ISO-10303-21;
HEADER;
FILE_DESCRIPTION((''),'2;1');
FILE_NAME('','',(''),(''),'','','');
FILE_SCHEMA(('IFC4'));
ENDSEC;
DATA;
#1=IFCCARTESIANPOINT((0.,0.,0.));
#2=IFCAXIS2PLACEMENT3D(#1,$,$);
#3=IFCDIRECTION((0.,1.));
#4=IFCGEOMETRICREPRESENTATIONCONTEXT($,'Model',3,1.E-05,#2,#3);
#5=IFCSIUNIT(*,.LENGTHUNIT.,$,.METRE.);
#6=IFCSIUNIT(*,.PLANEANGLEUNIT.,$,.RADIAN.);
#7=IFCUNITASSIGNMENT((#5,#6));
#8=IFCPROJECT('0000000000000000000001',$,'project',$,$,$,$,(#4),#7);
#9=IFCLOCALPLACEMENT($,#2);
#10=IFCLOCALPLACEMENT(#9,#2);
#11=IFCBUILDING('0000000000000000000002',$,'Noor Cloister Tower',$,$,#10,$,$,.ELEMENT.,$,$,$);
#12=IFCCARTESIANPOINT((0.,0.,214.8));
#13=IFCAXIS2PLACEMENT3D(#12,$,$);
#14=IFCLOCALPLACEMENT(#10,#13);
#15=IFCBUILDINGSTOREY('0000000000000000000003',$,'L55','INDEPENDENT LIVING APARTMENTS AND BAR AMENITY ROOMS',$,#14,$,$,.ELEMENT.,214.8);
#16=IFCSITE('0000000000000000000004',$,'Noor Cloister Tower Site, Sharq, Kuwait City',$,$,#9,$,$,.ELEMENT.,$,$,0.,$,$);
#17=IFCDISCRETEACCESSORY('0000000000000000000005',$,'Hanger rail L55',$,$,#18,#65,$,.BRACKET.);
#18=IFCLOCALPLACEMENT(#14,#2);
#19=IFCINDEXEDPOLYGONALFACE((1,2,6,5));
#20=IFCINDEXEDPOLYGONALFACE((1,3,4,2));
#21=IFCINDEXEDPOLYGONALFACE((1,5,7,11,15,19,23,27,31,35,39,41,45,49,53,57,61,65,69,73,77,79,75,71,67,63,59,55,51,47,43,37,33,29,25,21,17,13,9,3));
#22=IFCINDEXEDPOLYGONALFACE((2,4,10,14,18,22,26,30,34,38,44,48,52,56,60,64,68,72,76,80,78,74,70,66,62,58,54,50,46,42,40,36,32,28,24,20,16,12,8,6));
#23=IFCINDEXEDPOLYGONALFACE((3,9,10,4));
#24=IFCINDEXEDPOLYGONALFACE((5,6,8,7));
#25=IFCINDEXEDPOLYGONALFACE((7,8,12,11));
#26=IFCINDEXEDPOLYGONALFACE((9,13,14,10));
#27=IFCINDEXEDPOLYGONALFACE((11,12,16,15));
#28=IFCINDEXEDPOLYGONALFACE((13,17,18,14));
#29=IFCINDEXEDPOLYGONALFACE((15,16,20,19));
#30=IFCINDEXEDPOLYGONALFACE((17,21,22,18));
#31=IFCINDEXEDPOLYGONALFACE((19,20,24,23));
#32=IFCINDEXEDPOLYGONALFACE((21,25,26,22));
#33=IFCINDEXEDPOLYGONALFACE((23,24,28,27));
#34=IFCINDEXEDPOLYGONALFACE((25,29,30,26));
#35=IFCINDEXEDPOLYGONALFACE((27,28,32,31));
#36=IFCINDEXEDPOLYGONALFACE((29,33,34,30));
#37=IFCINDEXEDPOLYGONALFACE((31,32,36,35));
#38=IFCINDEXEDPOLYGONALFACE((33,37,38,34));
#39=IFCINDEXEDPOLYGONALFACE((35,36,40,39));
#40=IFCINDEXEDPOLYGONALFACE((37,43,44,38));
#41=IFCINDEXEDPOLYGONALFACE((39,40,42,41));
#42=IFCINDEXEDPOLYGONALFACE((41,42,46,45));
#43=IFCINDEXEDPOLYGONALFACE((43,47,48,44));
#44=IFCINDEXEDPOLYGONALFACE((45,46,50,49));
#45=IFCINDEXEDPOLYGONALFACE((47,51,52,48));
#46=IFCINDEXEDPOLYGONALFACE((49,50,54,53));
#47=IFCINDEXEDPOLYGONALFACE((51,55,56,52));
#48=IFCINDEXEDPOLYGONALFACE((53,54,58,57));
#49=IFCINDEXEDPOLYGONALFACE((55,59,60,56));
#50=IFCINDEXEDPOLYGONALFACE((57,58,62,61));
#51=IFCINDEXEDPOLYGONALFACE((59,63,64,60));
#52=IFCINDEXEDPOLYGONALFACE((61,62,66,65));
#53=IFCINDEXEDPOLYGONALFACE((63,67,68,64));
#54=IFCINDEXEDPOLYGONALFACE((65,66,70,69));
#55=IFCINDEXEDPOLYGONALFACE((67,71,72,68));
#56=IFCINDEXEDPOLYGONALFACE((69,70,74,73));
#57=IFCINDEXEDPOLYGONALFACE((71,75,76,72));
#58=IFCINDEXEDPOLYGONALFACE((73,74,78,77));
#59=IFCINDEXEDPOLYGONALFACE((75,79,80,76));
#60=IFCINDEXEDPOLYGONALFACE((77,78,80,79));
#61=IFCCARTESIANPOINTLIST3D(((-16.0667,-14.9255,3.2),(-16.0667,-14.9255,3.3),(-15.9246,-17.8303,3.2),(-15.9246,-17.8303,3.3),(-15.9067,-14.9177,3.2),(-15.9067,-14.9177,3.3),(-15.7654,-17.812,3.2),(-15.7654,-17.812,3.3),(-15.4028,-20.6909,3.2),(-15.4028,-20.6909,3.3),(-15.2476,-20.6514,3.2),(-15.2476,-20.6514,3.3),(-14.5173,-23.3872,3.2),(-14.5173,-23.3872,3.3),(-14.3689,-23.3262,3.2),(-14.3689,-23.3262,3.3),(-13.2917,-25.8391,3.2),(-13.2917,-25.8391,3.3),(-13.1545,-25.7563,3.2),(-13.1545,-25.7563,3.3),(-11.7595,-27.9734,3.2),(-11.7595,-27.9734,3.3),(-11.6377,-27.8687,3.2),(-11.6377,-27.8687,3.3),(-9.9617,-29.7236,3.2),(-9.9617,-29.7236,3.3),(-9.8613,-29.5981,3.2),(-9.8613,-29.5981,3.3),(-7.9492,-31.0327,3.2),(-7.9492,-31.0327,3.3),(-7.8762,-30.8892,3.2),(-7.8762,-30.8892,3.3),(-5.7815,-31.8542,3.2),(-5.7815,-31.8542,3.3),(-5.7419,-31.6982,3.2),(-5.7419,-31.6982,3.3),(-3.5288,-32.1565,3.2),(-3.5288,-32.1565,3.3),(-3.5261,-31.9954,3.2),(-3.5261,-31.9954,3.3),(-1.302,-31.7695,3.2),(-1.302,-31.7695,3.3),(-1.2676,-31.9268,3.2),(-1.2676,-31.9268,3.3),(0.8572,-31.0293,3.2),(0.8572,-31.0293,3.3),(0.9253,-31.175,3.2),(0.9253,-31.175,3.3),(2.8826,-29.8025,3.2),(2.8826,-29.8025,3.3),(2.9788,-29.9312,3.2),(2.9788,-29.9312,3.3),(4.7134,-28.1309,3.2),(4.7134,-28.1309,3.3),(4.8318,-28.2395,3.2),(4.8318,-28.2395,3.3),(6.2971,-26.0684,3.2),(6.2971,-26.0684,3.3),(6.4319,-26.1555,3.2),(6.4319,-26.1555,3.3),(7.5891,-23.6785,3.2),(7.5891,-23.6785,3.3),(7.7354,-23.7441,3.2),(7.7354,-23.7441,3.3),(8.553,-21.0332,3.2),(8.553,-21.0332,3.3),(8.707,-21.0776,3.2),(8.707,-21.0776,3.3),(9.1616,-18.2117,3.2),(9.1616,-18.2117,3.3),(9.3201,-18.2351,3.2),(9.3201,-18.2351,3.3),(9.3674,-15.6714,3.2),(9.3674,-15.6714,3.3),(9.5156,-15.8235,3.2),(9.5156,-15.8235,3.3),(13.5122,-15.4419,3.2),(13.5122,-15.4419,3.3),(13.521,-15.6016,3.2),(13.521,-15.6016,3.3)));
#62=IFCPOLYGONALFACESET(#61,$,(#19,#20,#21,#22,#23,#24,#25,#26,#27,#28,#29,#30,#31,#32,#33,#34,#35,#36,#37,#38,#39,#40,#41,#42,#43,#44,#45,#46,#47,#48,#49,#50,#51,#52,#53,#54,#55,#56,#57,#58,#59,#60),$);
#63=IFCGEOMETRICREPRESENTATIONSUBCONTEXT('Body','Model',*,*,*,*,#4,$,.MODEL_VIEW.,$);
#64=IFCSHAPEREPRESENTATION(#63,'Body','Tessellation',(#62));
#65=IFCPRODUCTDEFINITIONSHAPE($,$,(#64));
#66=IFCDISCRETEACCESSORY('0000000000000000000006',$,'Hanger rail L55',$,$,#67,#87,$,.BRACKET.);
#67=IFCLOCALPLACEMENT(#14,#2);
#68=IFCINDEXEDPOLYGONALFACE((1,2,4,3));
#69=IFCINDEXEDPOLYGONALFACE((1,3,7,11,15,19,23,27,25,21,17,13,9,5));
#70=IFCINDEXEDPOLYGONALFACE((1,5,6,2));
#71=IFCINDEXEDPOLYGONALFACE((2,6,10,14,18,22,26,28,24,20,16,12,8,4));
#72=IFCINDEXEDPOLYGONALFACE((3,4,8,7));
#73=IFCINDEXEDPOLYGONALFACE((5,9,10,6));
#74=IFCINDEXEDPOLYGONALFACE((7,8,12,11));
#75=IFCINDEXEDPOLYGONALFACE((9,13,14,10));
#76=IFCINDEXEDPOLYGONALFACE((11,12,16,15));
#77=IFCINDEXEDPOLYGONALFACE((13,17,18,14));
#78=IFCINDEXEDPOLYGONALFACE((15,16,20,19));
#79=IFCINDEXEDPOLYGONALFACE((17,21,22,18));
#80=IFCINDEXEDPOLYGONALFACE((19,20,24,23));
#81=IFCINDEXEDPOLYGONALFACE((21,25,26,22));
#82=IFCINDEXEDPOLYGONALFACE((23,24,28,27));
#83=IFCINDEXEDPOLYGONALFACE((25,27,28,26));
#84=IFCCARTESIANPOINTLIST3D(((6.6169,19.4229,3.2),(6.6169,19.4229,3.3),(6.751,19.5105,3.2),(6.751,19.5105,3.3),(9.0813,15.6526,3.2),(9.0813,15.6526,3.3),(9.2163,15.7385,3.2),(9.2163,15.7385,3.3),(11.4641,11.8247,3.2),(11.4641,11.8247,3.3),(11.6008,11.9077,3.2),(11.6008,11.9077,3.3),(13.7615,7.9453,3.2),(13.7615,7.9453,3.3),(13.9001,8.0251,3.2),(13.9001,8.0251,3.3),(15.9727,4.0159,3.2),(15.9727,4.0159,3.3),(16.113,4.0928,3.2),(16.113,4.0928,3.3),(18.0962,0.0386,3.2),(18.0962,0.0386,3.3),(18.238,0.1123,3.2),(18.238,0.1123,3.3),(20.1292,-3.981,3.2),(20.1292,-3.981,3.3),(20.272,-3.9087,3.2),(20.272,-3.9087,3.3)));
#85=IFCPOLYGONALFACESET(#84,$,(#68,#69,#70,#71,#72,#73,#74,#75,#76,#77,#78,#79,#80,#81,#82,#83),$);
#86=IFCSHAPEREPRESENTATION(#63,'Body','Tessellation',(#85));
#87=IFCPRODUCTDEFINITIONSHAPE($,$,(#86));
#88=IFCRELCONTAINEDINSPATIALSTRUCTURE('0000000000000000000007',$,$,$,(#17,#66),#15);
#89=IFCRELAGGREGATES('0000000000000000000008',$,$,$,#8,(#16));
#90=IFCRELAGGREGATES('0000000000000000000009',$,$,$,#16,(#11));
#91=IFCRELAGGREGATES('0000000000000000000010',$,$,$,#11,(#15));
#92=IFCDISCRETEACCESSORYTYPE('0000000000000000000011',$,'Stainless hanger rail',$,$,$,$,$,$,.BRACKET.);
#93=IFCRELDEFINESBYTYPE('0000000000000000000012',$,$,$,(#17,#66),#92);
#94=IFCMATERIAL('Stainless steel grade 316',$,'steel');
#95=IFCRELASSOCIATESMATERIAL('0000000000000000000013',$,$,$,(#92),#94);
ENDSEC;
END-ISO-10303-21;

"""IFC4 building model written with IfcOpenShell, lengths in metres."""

from ifc_helpers import new_model, si_unit, direction, frame, origin, place, context, subcontext, project, spatial, polyline, outline, extrude, material, type_object, element, save


model = new_model("IFC4")

# Units and contexts
model_context = context("Model", 3, precision=1e-05, world=origin(), true_north=direction((0.0, 1.0)))
body_context = subcontext(model_context, "Body", "Model", "MODEL_VIEW")
ifc_project = project(units=[si_unit("LENGTHUNIT", "METRE"), si_unit("PLANEANGLEUNIT", "RADIAN")], contexts=[model_context])

# Site, building, storey
site_placement = place(None, origin())
site = spatial("IfcSite", under=ifc_project, at=site_placement, Name="Noor Cloister Tower Site, Sharq, Kuwait City", CompositionType="ELEMENT", RefElevation=0.0)
building_placement = place(site_placement, origin())
building = spatial("IfcBuilding", under=site, at=building_placement, Name="Noor Cloister Tower", CompositionType="ELEMENT")
storey_placement = place(building_placement, frame((0.0, 0.0, 214.8)))
storey = spatial("IfcBuildingStorey", under=building, at=storey_placement, Name="L55", Description="INDEPENDENT LIVING APARTMENTS AND BAR AMENITY ROOMS", CompositionType="ELEMENT", Elevation=214.8)

# Discrete accessories
ifc_material_1 = material(Name="Stainless steel grade 316", Category="steel")
discrete_accessory_type = type_object("IfcDiscreteAccessoryType", Name="Stainless hanger rail", PredefinedType="BRACKET", material=ifc_material_1)
discrete_accessory_1_placement = place(storey_placement, frame((0.0, 0.0, 3.2)))
element("IfcDiscreteAccessory", 1, at=discrete_accessory_1_placement, inside=storey, type_object=discrete_accessory_type, Name="Hanger rail L55", PredefinedType="BRACKET", context=body_context, shape_type="SweptSolid", body=[
    extrude(outline(polyline([(-16.0667, -14.9255), (-15.9246, -17.8303), (-15.4028, -20.6909), (-14.5173, -23.3872), (-13.2917, -25.8391), (-11.7595, -27.9734), (-9.9617, -29.7236), (-7.9492, -31.0327), (-5.7815, -31.8542), (-3.5288, -32.1565), (-1.2676, -31.9268), (0.9253, -31.175), (2.9788, -29.9312), (4.8318, -28.2395), (6.4319, -26.1555), (7.7354, -23.7441), (8.707, -21.0776), (9.3201, -18.2351), (9.5156, -15.8235), (13.521, -15.6016), (13.5122, -15.4419), (9.3674, -15.6714), (9.1616, -18.2117), (8.553, -21.0332), (7.5891, -23.6785), (6.2971, -26.0684), (4.7134, -28.1309), (2.8826, -29.8025), (0.8572, -31.0293), (-1.302, -31.7695), (-3.5261, -31.9954), (-5.7419, -31.6982), (-7.8762, -30.8892), (-9.8613, -29.5981), (-11.6377, -27.8687), (-13.1545, -25.7563), (-14.3689, -23.3262), (-15.2476, -20.6514), (-15.7654, -17.812), (-15.9067, -14.9177), (-16.0667, -14.9255)])), origin(), (0.0, 0.0, 1.0), 0.1001),
])
discrete_accessory_2_placement = place(storey_placement, frame((0.0, 0.0, 3.2)))
element("IfcDiscreteAccessory", 2, at=discrete_accessory_2_placement, inside=storey, type_object=discrete_accessory_type, Name="Hanger rail L55", PredefinedType="BRACKET", context=body_context, shape_type="SweptSolid", body=[
    extrude(outline(polyline([(20.272, -3.9087), (18.238, 0.1123), (16.113, 4.0928), (13.9001, 8.0251), (11.6008, 11.9077), (9.2163, 15.7385), (6.751, 19.5105), (6.6169, 19.4229), (9.0813, 15.6526), (11.4641, 11.8247), (13.7615, 7.9453), (15.9727, 4.0159), (18.0962, 0.0386), (20.1292, -3.981), (20.272, -3.9087)])), origin(), (0.0, 0.0, 1.0), 0.1001),
])

save(model, "model.ifc")
